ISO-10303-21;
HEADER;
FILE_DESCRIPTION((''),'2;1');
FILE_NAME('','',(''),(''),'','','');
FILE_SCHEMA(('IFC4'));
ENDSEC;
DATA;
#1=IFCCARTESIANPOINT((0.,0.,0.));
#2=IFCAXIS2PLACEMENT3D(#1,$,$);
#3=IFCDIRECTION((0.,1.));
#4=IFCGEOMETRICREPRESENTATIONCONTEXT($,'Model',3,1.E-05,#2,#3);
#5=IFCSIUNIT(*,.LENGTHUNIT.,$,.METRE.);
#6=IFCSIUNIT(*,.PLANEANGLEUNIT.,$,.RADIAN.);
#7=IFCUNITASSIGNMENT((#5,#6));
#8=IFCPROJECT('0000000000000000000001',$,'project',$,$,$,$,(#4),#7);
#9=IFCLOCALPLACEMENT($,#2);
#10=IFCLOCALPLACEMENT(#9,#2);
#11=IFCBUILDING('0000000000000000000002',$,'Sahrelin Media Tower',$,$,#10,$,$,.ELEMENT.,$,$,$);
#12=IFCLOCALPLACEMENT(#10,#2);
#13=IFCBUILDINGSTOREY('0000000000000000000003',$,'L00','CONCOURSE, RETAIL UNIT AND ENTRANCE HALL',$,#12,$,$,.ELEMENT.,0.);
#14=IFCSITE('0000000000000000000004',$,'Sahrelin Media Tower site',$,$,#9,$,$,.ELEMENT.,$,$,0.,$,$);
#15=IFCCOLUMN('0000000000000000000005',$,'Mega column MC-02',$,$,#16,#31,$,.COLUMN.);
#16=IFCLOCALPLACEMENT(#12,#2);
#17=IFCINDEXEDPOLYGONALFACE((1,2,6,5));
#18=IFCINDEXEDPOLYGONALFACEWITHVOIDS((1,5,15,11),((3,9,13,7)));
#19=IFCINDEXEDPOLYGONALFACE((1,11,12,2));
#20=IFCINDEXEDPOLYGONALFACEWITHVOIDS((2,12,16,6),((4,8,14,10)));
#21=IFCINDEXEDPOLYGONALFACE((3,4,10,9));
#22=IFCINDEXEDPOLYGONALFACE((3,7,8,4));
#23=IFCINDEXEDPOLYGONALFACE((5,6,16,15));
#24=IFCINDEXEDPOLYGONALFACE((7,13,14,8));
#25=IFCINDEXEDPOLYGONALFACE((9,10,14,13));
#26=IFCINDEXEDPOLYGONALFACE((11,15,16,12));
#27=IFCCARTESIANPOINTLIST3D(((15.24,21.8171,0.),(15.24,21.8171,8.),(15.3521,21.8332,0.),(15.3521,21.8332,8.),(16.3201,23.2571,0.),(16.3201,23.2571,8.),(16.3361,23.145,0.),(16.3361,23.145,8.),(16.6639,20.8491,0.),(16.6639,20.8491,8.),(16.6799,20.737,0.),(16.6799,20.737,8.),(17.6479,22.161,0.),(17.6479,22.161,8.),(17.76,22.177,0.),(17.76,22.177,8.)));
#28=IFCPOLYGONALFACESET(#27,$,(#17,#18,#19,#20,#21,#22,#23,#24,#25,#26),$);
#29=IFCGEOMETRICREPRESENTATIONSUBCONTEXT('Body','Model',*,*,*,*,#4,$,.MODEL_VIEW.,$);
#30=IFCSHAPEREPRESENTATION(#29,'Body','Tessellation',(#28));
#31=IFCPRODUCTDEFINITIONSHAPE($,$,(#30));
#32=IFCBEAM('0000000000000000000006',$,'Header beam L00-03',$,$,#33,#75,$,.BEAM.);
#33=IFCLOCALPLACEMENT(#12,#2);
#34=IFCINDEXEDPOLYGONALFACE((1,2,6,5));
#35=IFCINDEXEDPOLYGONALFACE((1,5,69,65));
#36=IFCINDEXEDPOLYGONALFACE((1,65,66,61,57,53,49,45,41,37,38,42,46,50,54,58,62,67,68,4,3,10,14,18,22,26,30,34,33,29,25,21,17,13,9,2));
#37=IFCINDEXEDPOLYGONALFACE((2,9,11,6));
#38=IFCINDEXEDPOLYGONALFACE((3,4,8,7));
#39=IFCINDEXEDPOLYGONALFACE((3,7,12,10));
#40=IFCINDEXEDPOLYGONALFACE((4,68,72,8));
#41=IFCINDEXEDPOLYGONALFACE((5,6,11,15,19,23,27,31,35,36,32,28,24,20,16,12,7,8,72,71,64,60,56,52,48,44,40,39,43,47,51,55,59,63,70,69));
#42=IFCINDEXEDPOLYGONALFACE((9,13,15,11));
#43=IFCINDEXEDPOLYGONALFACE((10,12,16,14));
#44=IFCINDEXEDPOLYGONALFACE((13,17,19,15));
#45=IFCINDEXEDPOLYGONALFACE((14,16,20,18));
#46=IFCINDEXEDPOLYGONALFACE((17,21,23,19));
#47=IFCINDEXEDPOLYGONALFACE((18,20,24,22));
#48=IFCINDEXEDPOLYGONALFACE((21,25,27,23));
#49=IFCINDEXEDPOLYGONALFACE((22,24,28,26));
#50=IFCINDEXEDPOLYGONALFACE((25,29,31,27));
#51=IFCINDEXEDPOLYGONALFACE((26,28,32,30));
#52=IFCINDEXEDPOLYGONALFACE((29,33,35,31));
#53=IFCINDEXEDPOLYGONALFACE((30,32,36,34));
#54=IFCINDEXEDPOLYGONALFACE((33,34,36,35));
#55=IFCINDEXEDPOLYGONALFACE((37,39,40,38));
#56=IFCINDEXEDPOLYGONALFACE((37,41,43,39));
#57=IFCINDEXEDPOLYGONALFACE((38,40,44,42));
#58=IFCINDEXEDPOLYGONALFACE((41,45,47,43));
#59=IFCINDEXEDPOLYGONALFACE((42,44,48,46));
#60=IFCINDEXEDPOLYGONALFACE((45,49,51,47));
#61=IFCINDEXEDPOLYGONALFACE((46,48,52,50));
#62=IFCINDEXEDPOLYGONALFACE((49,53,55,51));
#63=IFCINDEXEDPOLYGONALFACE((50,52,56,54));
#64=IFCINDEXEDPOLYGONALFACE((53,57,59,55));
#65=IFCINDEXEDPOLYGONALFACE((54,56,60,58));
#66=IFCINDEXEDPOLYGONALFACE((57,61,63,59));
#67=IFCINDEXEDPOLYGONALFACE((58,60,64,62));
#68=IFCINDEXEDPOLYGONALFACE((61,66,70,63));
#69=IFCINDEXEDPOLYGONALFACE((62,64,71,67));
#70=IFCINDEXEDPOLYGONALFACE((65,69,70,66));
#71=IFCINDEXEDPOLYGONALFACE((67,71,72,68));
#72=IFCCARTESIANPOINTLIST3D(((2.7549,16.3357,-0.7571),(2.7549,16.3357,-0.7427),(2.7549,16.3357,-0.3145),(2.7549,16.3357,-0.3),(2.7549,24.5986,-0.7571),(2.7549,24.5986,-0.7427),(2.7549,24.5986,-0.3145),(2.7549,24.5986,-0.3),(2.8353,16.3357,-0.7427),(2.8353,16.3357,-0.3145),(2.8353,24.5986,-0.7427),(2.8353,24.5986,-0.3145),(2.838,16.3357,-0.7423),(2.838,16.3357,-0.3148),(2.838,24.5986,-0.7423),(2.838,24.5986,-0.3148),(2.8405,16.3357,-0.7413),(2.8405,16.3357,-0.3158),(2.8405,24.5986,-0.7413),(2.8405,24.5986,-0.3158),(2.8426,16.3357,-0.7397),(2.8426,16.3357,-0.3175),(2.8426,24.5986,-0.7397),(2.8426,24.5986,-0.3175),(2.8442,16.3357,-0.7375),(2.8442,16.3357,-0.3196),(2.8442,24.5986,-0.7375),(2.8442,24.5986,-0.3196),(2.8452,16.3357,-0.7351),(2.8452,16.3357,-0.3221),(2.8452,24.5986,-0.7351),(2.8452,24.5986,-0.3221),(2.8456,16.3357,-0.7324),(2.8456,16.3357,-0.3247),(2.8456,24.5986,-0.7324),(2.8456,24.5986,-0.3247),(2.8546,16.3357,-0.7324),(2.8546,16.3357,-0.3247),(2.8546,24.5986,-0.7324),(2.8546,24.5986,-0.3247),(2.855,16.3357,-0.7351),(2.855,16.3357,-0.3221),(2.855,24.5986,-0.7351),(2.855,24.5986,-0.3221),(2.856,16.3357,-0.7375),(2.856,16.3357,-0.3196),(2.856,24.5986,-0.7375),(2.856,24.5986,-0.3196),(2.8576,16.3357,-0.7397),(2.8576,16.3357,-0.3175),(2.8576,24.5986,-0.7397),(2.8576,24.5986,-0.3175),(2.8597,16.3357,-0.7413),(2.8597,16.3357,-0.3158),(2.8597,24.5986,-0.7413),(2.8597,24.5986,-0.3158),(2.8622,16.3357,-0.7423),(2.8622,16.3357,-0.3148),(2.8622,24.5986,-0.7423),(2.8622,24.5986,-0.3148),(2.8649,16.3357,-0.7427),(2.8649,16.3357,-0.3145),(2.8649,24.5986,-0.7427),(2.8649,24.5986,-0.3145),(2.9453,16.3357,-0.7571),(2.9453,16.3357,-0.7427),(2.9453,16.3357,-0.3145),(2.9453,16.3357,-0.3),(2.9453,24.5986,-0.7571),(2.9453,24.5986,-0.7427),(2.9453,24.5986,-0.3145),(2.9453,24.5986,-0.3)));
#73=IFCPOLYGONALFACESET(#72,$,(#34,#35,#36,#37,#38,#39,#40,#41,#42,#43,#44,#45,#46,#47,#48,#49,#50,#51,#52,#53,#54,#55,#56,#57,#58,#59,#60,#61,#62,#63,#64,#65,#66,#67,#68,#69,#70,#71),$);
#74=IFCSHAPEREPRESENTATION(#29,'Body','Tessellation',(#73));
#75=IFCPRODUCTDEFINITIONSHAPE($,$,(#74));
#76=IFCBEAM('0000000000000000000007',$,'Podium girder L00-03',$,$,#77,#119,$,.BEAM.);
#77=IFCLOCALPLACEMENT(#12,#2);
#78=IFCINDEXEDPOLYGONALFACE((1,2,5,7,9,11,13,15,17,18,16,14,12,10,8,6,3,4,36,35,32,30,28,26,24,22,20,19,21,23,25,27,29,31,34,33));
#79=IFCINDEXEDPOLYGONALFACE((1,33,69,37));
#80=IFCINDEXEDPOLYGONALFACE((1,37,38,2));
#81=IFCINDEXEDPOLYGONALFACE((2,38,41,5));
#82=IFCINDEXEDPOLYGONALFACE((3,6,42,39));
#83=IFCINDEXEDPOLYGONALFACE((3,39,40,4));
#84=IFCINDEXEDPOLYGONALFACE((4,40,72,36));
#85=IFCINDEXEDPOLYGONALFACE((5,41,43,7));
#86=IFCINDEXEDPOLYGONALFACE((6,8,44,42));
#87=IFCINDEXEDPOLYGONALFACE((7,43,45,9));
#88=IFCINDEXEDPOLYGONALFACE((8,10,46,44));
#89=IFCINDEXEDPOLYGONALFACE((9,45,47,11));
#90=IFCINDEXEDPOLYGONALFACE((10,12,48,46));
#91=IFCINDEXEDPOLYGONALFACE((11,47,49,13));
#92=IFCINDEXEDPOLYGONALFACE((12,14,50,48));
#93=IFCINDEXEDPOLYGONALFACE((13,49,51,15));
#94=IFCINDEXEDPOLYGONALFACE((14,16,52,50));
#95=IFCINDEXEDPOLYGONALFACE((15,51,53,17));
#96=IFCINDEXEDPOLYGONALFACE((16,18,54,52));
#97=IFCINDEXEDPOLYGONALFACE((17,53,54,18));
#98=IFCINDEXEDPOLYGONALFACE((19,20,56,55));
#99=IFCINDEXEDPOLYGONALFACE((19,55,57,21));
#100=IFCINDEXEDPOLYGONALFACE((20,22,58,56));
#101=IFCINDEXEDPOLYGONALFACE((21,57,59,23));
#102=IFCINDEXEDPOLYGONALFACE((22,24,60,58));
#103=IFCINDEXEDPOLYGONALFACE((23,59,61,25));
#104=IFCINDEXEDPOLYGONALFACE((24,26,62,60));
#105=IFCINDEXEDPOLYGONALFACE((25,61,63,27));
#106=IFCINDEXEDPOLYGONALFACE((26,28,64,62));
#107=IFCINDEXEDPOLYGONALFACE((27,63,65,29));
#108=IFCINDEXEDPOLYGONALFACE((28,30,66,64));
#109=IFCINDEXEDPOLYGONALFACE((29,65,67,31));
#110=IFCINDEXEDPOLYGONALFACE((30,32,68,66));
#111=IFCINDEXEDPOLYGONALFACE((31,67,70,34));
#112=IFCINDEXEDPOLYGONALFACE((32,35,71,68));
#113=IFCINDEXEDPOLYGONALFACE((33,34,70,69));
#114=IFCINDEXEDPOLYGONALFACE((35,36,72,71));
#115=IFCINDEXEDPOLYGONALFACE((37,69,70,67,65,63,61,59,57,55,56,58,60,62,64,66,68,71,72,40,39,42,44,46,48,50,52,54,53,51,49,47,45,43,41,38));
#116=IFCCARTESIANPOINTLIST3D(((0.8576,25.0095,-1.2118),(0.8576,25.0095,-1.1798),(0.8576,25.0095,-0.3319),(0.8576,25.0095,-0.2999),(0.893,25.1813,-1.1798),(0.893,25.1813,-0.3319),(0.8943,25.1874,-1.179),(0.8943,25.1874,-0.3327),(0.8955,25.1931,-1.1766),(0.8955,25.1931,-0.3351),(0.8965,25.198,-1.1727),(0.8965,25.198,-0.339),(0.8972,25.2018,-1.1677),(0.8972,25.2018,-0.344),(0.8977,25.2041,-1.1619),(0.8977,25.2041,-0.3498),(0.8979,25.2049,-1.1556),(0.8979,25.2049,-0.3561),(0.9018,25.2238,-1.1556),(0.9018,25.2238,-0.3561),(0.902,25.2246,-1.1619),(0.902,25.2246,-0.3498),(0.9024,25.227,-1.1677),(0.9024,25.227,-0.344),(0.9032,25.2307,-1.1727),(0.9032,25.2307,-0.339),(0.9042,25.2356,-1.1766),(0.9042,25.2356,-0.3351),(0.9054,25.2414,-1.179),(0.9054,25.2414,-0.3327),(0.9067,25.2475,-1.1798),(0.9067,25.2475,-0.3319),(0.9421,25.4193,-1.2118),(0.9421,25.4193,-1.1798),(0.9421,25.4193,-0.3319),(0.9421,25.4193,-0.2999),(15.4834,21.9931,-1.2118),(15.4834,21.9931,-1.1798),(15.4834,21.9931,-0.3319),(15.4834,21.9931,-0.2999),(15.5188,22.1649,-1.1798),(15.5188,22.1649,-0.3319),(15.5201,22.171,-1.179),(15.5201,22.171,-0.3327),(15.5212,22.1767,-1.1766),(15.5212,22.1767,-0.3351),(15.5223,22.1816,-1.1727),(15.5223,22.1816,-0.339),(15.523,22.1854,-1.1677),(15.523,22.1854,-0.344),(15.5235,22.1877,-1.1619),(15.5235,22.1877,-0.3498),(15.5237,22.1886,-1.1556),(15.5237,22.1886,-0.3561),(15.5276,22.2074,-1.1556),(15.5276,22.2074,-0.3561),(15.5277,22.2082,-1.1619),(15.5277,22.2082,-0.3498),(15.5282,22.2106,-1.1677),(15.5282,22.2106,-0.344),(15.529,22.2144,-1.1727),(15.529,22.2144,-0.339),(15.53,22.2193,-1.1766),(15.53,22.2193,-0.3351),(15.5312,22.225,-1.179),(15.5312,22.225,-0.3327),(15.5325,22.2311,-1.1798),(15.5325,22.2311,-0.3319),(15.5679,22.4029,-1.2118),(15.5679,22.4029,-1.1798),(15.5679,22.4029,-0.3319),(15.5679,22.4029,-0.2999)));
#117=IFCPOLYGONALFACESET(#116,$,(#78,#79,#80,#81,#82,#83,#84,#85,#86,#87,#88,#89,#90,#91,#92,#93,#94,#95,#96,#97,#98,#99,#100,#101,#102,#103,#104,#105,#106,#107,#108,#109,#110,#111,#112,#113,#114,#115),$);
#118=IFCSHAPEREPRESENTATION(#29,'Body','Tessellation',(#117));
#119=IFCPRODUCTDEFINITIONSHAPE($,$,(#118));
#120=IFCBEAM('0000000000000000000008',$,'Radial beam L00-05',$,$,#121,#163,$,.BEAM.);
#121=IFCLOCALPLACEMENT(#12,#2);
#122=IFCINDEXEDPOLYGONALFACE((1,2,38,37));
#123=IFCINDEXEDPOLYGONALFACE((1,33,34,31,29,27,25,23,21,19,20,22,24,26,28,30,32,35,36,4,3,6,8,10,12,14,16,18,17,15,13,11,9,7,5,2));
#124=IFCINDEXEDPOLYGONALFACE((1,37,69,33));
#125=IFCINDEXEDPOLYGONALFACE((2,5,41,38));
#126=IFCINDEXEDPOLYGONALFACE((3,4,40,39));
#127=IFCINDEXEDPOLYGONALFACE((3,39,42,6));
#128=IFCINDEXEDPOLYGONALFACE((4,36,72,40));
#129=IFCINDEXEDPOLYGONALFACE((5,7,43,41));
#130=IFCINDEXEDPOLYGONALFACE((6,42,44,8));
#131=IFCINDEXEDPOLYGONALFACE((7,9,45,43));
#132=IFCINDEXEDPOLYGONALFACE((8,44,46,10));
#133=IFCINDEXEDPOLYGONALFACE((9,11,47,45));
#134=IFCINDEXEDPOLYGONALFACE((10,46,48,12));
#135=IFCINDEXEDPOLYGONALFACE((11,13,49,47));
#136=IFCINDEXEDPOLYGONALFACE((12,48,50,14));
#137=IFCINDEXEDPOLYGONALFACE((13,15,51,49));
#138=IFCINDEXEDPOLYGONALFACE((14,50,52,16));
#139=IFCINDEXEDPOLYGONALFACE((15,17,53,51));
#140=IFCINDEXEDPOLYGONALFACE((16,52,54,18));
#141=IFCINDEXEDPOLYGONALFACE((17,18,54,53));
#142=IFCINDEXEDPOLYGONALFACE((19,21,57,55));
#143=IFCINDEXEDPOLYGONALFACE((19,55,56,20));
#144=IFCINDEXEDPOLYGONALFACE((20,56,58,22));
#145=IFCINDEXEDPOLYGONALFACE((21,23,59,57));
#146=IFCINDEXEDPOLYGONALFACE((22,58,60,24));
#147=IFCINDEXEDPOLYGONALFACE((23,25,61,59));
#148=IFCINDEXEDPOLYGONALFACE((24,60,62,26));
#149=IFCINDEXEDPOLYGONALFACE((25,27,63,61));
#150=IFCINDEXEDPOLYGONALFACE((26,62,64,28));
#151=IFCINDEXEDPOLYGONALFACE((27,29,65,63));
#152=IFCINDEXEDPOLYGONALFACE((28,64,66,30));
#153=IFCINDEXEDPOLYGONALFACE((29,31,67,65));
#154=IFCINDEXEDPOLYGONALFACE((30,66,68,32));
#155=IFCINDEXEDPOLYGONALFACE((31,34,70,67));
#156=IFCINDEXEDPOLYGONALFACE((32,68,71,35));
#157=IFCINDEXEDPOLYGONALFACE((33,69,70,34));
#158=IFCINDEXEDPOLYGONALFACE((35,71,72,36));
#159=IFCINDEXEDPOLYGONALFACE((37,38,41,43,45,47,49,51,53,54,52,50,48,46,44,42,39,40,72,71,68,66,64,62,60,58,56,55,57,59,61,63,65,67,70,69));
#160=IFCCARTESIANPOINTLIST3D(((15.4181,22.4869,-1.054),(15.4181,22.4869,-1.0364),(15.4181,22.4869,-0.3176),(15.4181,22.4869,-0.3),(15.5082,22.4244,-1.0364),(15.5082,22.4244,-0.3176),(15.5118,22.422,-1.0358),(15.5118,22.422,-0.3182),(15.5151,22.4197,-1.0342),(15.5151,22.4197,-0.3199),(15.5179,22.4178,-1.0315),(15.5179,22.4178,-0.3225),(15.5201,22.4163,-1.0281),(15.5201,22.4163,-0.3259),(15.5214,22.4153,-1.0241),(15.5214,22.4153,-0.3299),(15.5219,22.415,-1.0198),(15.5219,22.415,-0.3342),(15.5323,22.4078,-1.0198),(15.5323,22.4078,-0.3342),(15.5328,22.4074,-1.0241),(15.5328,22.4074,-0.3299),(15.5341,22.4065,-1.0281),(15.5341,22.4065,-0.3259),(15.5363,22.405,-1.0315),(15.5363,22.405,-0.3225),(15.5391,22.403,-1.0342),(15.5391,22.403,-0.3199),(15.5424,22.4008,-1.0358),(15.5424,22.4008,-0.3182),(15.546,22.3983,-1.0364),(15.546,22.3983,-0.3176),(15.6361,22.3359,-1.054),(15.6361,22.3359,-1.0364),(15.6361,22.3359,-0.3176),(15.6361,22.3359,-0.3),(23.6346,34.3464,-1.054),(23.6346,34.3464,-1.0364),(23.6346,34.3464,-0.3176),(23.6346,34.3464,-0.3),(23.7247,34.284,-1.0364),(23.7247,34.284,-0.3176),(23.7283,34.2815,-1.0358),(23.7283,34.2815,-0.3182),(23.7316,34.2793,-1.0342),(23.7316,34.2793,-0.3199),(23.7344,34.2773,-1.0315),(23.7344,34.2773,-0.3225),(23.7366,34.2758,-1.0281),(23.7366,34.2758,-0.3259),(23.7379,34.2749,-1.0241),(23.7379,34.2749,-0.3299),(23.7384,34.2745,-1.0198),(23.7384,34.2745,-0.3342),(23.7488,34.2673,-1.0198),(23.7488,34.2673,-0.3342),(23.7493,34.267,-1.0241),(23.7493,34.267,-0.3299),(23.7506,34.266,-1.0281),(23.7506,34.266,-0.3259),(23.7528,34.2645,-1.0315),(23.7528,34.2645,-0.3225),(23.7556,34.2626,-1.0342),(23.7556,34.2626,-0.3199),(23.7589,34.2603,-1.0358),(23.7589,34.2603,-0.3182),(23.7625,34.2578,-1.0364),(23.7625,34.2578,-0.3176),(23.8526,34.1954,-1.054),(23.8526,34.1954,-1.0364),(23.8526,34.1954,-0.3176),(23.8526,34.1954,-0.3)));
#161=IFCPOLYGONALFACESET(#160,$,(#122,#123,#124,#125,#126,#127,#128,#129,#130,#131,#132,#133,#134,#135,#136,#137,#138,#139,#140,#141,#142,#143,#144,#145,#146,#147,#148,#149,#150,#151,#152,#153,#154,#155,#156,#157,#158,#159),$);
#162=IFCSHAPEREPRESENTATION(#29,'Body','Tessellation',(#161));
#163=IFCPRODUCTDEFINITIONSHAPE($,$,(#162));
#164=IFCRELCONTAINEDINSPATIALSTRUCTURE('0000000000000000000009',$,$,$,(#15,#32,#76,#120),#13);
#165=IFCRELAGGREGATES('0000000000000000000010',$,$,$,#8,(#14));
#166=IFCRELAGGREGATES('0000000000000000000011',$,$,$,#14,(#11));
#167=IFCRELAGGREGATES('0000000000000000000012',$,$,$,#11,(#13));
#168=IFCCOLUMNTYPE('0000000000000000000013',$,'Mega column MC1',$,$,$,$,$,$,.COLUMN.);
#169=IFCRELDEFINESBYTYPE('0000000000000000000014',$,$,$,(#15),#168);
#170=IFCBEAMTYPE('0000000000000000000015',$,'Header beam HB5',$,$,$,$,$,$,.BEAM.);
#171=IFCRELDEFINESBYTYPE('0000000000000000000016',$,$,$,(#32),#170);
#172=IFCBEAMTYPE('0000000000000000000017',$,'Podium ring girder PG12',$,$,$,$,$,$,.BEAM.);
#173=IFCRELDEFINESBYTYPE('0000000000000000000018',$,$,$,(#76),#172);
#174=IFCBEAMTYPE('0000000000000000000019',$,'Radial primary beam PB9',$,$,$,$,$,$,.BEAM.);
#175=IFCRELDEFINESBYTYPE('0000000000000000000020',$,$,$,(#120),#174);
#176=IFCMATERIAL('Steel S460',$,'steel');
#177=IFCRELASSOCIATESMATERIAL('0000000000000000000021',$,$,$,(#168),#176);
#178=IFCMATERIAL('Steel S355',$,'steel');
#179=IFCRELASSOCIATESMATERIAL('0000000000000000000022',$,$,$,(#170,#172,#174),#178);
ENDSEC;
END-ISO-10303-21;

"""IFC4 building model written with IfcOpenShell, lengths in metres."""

from ifc_helpers import new_model, si_unit, direction, frame, origin, origin_2d, place, context, subcontext, project, spatial, hollow_rectangle, i_section, extrude, material, material_profile, profile_set, type_object, element, save


model = new_model("IFC4")

# Units and contexts
model_context = context("Model", 3, precision=1e-05, world=origin(), true_north=direction((0.0, 1.0)))
body_context = subcontext(model_context, "Body", "Model", "MODEL_VIEW")
ifc_project = project(units=[si_unit("LENGTHUNIT", "METRE"), si_unit("PLANEANGLEUNIT", "RADIAN")], contexts=[model_context])

# Site, building, storey
site_placement = place(None, origin())
site = spatial("IfcSite", under=ifc_project, at=site_placement, Name="Sahrelin Media Tower site", CompositionType="ELEMENT", RefElevation=0.0)
building_placement = place(site_placement, origin())
building = spatial("IfcBuilding", under=site, at=building_placement, Name="Sahrelin Media Tower", CompositionType="ELEMENT")
storey_placement = place(building_placement, origin())
storey = spatial("IfcBuildingStorey", under=building, at=storey_placement, Name="L00", Description="CONCOURSE, RETAIL UNIT AND ENTRANCE HALL", CompositionType="ELEMENT", Elevation=0.0)

# Column
ifc_material_1 = material(Name="Steel S460", Category="steel")
ifc_material_profile_1 = material_profile(ifc_material_1, hollow_rectangle(XDim=1.8, YDim=1.8, WallThickness=0.0801, at=origin_2d()), Name="Mega column MC1")
ifc_profile_set_1 = profile_set([ifc_material_profile_1], Name="Steel S460")
column_type = type_object("IfcColumnType", Name="Mega column MC1", PredefinedType="COLUMN", material=ifc_profile_set_1)
column_placement = place(storey_placement, frame((16.5, 21.9971, 0.0), z_axis=(0.0, 0.0, 1.0), x_axis=(0.600052, 0.799961, 0.0)))
element("IfcColumn", 1, at=column_placement, inside=storey, type_object=column_type, Name="Mega column MC-02", PredefinedType="COLUMN", context=body_context, shape_type="SweptSolid", body=[
    extrude(hollow_rectangle(XDim=1.8, YDim=1.8, WallThickness=0.0801, at=origin_2d()), origin(), (0.0, 0.0, 1.0), 8.0),
])

# Beams
ifc_material_2 = material(Name="Steel S355", Category="steel")
ifc_material_profile_2 = material_profile(ifc_material_2, i_section(OverallWidth=0.1904, OverallDepth=0.457, WebThickness=0.009, FlangeThickness=0.0144, FilletRadius=0.0103, at=origin_2d()), Name="UB 457x191x74")
ifc_profile_set_2 = profile_set([ifc_material_profile_2], Name="Steel S355")
beam_type_1 = type_object("IfcBeamType", Name="Header beam HB5", PredefinedType="BEAM", material=ifc_profile_set_2)
beam_1_placement = place(storey_placement, frame((2.8501, 24.5986, -0.5286), z_axis=(0.0, -1.0, 0.0), x_axis=(1.0, 0.0, 0.0)))
element("IfcBeam", 2, at=beam_1_placement, inside=storey, type_object=beam_type_1, Name="Header beam L00-03", PredefinedType="BEAM", context=body_context, shape_type="SweptSolid", body=[
    extrude(i_section(OverallWidth=0.1904, OverallDepth=0.457, WebThickness=0.009, FlangeThickness=0.0144, FilletRadius=0.0103, at=origin_2d()), origin(), (0.0, 0.0, 1.0), 8.2629),
])
ifc_material_profile_3 = material_profile(ifc_material_2, i_section(OverallWidth=0.4185, OverallDepth=0.9119, WebThickness=0.0193, FlangeThickness=0.032, FilletRadius=0.0242, at=origin_2d()), Name="UB 914x419x343")
ifc_profile_set_3 = profile_set([ifc_material_profile_3], Name="Steel S355")
beam_type_2 = type_object("IfcBeamType", Name="Podium ring girder PG12", PredefinedType="BEAM", material=ifc_profile_set_3)
beam_2_placement = place(storey_placement, frame((15.5256, 22.198, -0.7559), z_axis=(-0.979389, 0.201985, 0.0), x_axis=(-0.201985, -0.979389, 0.0)))
element("IfcBeam", 3, at=beam_2_placement, inside=storey, type_object=beam_type_2, Name="Podium girder L00-03", PredefinedType="BEAM", context=body_context, shape_type="SweptSolid", body=[
    extrude(i_section(OverallWidth=0.4185, OverallDepth=0.9119, WebThickness=0.0193, FlangeThickness=0.032, FilletRadius=0.0242, at=origin_2d()), origin(), (0.0, 0.0, 1.0), 14.9336),
])
ifc_material_profile_4 = material_profile(ifc_material_2, i_section(OverallWidth=0.2651, OverallDepth=0.7539, WebThickness=0.0127, FlangeThickness=0.0176, FilletRadius=0.0166, at=origin_2d()), Name="UB 762x267x147")
ifc_profile_set_4 = profile_set([ifc_material_profile_4], Name="Steel S355")
beam_type_3 = type_object("IfcBeamType", Name="Radial primary beam PB9", PredefinedType="BEAM", material=ifc_profile_set_4)
beam_3_placement = place(storey_placement, frame((15.5271, 22.4114, -0.677), z_axis=(0.569493, 0.821996, 0.0), x_axis=(-0.821996, 0.569493, 0.0)))
element("IfcBeam", 4, at=beam_3_placement, inside=storey, type_object=beam_type_3, Name="Radial beam L00-05", PredefinedType="BEAM", context=body_context, shape_type="SweptSolid", body=[
    extrude(i_section(OverallWidth=0.2651, OverallDepth=0.7539, WebThickness=0.0127, FlangeThickness=0.0176, FilletRadius=0.0166, at=origin_2d()), origin(), (0.0, 0.0, 1.0), 14.4277),
])

save(model, "model.ifc")
